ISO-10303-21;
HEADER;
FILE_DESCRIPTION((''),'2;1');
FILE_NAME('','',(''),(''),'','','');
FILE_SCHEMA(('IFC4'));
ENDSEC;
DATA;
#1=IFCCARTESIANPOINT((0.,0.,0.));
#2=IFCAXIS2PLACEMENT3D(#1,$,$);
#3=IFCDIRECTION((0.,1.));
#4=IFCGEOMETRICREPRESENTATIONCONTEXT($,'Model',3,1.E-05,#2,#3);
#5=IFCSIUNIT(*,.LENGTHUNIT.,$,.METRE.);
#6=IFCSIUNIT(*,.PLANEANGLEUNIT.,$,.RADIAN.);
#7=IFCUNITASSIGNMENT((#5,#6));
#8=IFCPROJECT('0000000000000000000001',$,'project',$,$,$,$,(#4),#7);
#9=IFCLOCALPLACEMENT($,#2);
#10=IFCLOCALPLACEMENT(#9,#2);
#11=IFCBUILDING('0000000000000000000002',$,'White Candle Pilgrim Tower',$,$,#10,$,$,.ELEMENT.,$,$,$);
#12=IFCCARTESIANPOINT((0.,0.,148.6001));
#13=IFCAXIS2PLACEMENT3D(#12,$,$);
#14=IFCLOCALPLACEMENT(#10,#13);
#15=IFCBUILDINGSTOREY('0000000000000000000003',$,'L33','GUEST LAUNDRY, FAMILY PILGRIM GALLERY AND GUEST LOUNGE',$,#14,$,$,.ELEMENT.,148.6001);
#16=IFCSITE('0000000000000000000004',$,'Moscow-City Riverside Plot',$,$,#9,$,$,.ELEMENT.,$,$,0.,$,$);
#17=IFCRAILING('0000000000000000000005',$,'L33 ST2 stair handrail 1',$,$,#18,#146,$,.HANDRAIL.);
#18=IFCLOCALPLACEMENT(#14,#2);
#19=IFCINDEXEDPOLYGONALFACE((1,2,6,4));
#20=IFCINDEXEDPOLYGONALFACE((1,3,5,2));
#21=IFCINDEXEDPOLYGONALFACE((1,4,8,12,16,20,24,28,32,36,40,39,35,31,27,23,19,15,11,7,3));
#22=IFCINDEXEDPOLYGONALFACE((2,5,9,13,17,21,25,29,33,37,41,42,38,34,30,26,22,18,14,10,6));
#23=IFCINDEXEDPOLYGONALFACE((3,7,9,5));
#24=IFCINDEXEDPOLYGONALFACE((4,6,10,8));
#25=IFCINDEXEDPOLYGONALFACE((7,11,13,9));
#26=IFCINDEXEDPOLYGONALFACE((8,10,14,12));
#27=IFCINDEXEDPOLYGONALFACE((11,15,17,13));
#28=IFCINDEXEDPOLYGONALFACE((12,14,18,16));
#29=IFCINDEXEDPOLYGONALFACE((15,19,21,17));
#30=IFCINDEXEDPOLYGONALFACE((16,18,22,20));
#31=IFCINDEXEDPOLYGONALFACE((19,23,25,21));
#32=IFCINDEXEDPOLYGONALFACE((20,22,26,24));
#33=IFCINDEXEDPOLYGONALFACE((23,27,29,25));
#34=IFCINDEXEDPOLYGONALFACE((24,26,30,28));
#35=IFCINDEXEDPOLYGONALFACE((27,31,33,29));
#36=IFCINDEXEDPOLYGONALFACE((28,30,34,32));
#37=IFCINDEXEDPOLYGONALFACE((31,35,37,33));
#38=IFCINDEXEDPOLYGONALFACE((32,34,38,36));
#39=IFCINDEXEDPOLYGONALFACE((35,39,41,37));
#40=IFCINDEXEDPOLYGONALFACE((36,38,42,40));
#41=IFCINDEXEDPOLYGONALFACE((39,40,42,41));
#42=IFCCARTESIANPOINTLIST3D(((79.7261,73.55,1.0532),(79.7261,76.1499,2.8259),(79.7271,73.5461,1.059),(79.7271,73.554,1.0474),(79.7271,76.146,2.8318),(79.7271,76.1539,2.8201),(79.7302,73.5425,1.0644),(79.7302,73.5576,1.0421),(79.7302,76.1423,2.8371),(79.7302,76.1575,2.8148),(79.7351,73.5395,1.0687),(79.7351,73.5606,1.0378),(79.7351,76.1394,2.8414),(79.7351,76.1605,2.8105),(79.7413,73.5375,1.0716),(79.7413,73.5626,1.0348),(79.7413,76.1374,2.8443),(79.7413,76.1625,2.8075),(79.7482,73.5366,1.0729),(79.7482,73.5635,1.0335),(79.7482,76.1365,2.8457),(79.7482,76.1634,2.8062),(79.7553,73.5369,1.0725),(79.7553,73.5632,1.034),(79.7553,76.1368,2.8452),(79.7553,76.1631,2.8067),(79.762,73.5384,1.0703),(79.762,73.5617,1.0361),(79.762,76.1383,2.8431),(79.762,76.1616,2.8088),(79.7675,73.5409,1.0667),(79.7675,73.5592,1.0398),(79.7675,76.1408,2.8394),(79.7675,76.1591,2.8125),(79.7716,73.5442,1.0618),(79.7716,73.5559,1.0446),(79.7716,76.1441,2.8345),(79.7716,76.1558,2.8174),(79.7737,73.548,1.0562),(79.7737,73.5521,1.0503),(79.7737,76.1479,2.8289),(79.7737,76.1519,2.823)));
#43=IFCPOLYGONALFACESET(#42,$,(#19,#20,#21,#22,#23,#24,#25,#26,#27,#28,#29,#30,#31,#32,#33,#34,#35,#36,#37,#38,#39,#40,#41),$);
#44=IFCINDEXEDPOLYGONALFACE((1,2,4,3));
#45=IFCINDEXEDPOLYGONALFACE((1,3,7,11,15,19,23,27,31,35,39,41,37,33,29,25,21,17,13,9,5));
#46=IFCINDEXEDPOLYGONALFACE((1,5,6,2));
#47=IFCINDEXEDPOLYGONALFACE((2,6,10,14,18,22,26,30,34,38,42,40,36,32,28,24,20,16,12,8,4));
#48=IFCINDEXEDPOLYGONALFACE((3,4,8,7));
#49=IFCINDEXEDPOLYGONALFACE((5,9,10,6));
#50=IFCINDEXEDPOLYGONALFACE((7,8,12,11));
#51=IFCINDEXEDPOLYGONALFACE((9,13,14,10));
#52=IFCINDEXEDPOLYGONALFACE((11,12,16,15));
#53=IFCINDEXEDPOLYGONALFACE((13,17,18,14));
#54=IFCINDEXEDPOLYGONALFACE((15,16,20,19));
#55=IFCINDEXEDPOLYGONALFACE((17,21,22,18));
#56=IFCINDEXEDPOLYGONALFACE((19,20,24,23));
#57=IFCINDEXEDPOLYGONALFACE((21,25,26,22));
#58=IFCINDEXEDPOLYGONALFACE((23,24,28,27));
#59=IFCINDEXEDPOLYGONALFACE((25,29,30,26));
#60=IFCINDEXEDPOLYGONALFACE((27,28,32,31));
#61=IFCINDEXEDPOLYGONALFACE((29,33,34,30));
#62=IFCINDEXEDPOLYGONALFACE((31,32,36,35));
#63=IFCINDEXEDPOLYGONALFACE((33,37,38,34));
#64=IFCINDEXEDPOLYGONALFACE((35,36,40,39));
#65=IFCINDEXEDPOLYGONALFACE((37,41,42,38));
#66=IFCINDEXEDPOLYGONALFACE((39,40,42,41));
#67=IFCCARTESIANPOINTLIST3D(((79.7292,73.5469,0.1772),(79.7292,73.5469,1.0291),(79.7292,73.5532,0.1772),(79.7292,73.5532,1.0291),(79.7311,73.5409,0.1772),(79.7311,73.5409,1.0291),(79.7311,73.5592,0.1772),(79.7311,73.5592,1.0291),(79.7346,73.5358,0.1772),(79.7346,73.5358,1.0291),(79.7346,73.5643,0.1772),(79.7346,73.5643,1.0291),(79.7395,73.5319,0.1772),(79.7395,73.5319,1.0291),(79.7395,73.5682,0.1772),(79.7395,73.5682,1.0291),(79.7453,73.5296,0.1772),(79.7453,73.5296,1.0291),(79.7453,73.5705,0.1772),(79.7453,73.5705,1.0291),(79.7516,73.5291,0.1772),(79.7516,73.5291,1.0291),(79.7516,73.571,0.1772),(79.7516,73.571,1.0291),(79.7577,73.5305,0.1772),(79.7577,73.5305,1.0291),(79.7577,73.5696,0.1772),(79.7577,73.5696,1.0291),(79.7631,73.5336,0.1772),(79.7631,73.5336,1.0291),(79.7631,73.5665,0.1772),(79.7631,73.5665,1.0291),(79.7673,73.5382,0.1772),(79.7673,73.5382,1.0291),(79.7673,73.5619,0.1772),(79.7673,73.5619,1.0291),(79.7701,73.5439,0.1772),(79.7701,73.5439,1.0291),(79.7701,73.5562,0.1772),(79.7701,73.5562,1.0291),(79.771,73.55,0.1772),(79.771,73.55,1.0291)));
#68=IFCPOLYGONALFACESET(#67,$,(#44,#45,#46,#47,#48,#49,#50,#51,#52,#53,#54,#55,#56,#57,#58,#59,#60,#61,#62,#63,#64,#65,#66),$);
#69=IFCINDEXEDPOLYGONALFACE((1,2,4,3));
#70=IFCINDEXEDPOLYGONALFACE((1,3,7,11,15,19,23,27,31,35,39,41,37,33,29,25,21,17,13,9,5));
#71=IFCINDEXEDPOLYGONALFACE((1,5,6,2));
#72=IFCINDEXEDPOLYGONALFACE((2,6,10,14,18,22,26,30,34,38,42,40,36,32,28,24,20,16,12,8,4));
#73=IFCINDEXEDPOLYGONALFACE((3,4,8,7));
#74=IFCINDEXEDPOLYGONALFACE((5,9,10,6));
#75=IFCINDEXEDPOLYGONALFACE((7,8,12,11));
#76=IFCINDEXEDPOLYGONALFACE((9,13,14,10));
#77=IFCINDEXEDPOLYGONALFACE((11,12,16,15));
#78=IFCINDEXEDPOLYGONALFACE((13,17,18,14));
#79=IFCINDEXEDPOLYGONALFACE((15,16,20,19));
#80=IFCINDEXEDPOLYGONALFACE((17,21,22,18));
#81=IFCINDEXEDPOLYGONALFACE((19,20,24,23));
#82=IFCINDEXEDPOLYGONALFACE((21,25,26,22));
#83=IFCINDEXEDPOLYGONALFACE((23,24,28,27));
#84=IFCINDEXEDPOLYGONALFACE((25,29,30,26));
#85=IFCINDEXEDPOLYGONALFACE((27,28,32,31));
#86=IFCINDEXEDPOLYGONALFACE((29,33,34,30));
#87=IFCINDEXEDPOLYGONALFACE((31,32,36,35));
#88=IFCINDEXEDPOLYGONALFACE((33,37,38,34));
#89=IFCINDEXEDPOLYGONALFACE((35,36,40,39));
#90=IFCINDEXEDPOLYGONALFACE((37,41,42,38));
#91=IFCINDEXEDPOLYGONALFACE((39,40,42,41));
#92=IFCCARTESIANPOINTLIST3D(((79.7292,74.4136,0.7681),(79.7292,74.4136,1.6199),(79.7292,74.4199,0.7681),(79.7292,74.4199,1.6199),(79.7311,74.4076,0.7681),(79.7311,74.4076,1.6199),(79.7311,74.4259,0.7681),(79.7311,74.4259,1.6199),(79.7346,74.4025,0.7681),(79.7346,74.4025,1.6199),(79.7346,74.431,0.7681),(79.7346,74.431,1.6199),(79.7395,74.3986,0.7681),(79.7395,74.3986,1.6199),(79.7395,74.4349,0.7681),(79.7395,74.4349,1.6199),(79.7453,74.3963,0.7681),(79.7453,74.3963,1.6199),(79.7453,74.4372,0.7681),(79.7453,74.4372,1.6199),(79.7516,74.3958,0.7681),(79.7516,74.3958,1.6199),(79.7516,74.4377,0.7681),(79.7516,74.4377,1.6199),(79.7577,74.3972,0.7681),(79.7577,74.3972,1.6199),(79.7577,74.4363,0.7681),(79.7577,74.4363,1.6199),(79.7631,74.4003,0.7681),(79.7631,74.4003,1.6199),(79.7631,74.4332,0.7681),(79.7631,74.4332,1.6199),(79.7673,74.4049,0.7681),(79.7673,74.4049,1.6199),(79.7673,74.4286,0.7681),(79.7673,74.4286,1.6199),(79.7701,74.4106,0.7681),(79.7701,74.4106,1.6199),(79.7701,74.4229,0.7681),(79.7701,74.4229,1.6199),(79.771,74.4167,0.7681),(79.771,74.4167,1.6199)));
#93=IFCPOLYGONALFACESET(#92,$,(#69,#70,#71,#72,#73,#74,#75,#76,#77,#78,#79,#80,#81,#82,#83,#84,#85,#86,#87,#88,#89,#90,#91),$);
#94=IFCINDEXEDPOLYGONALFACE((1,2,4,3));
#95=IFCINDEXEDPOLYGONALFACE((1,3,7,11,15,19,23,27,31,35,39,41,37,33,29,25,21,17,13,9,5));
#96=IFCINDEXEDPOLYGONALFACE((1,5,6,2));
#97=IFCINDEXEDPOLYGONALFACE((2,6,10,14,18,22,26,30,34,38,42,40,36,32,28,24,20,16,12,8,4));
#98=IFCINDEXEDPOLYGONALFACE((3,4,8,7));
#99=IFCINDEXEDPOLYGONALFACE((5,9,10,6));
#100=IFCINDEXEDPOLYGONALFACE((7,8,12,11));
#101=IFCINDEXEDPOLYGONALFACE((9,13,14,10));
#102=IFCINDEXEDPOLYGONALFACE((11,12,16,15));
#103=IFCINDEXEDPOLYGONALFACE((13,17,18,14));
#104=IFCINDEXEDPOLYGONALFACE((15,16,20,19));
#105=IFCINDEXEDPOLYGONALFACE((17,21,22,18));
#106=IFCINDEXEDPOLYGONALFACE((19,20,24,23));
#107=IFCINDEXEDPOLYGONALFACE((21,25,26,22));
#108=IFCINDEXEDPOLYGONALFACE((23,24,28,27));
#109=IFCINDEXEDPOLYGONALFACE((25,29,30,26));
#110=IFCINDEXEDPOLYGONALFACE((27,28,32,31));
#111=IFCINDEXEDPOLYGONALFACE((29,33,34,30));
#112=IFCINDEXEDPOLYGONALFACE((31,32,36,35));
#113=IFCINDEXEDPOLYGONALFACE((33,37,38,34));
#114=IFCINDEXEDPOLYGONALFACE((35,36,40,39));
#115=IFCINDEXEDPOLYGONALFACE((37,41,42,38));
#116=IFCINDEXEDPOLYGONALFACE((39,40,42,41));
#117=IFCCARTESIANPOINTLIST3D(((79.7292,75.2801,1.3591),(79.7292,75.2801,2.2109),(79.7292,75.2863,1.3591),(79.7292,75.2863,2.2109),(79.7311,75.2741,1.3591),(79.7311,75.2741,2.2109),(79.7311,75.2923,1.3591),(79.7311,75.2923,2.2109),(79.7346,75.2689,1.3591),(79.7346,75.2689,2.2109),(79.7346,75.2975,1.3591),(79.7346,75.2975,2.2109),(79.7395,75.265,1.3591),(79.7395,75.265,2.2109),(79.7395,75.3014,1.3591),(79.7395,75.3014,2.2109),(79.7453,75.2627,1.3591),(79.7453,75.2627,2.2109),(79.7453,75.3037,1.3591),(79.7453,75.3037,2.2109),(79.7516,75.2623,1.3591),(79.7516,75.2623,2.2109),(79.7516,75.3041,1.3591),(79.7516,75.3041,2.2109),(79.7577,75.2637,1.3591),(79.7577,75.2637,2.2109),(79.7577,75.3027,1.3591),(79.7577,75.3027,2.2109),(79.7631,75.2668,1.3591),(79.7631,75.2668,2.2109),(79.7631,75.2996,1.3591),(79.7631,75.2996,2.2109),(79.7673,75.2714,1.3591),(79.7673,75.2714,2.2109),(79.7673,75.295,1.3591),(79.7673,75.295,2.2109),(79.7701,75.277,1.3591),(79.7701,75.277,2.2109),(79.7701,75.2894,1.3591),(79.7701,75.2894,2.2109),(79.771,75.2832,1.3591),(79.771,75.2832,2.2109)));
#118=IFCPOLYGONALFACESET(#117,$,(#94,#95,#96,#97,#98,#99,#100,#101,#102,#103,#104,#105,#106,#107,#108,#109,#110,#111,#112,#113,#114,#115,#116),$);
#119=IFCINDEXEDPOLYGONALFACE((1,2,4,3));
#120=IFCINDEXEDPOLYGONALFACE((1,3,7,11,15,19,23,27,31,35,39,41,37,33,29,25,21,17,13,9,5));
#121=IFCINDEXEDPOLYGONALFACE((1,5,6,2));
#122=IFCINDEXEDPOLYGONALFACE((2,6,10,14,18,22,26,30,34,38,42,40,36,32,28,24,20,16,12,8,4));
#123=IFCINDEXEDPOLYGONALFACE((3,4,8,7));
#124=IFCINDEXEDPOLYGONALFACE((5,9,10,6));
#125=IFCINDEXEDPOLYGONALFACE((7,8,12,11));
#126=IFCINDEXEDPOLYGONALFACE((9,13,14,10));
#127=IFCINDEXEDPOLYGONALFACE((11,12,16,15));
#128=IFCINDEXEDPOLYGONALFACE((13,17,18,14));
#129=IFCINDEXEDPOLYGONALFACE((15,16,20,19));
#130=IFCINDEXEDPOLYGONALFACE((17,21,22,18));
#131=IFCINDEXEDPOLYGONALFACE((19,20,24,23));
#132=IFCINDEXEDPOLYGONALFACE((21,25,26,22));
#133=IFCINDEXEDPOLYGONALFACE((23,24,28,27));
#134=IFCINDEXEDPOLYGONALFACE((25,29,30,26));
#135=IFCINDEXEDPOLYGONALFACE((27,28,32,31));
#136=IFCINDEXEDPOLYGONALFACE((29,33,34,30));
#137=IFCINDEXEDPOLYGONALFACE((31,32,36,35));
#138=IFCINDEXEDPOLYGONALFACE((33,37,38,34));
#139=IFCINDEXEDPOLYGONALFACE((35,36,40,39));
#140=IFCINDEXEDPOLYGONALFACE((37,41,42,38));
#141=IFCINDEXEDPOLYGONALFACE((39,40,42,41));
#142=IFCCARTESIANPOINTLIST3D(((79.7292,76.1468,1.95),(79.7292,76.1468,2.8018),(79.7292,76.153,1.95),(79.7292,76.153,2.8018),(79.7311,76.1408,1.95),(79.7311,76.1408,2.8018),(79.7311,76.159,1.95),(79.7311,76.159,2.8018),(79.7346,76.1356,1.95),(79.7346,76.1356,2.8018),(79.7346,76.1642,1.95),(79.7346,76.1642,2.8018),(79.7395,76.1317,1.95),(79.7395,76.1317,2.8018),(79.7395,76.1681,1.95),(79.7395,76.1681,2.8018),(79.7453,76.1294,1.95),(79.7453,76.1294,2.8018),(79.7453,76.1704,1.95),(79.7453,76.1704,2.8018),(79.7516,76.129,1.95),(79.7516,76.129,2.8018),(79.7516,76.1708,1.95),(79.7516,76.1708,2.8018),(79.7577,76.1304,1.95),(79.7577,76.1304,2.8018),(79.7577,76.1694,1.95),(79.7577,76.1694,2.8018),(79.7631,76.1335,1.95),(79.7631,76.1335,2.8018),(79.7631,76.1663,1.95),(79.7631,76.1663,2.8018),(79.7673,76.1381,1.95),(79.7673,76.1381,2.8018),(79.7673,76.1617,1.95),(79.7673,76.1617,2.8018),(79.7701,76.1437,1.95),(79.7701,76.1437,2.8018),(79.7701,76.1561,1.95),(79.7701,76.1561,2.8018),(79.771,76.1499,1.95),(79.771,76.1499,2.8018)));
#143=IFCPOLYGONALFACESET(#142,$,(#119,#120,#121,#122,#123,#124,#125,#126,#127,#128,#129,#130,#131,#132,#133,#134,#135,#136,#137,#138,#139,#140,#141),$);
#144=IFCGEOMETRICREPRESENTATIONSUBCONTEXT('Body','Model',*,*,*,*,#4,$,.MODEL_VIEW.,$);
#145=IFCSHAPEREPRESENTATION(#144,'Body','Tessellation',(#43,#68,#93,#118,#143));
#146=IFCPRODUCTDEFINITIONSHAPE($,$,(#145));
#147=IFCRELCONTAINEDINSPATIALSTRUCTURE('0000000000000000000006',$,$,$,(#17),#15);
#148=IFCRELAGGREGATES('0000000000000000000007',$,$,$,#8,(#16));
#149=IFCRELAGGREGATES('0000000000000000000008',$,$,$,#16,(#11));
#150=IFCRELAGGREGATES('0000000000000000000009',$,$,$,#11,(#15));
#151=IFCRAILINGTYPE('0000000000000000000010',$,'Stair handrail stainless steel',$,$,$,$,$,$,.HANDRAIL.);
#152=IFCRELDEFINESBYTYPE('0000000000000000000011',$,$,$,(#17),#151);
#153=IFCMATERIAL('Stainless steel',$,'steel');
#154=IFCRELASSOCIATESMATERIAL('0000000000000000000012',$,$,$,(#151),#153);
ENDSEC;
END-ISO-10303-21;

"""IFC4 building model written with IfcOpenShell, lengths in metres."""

from ifc_helpers import new_model, si_unit, direction, frame, origin, origin_2d, place, context, subcontext, project, spatial, circle, extrude, material, type_object, element, save


model = new_model("IFC4")

# Units and contexts
model_context = context("Model", 3, precision=1e-05, world=origin(), true_north=direction((0.0, 1.0)))
body_context = subcontext(model_context, "Body", "Model", "MODEL_VIEW")
ifc_project = project(units=[si_unit("LENGTHUNIT", "METRE"), si_unit("PLANEANGLEUNIT", "RADIAN")], contexts=[model_context])

# Site, building, storey
site_placement = place(None, origin())
site = spatial("IfcSite", under=ifc_project, at=site_placement, Name="Moscow-City Riverside Plot", CompositionType="ELEMENT", RefElevation=0.0)
building_placement = place(site_placement, origin())
building = spatial("IfcBuilding", under=site, at=building_placement, Name="White Candle Pilgrim Tower", CompositionType="ELEMENT")
storey_placement = place(building_placement, frame((0.0, 0.0, 148.6001)))
storey = spatial("IfcBuildingStorey", under=building, at=storey_placement, Name="L33", Description="GUEST LAUNDRY, FAMILY PILGRIM GALLERY AND GUEST LOUNGE", CompositionType="ELEMENT", Elevation=148.6001)

# Railing
ifc_material_1 = material(Name="Stainless steel", Category="steel")
railing_type_1 = type_object("IfcRailingType", Name="Stair handrail stainless steel", PredefinedType="HANDRAIL", material=ifc_material_1)
railing_1_placement = place(storey_placement, frame((79.75, 73.55, 0.1772)))
element("IfcRailing", 1, at=railing_1_placement, inside=storey, type_object=railing_type_1, Name="L33 ST2 stair handrail 1", PredefinedType="HANDRAIL", context=body_context, shape_type="SweptSolid", body=[
    extrude(circle(Radius=0.0239, at=origin_2d()), frame((0.0, 0.0, 0.876), z_axis=(0.0, 0.826216, 0.563354), x_axis=(-1.0, 0.0, 0.0)), (0.0, 0.0, 1.0), 3.1467),
    extrude(circle(Radius=0.021, at=origin_2d()), origin(), (0.0, 0.0, 1.0), 0.8518),
    extrude(circle(Radius=0.021, at=origin_2d()), frame((0.0, 0.8667, 0.5908)), (0.0, 0.0, 1.0), 0.8518),
    extrude(circle(Radius=0.021, at=origin_2d()), frame((0.0, 1.7332, 1.1819)), (0.0, 0.0, 1.0), 0.8518),
    extrude(circle(Radius=0.021, at=origin_2d()), frame((0.0, 2.5999, 1.7727)), (0.0, 0.0, 1.0), 0.8518),
])

save(model, "model.ifc")
